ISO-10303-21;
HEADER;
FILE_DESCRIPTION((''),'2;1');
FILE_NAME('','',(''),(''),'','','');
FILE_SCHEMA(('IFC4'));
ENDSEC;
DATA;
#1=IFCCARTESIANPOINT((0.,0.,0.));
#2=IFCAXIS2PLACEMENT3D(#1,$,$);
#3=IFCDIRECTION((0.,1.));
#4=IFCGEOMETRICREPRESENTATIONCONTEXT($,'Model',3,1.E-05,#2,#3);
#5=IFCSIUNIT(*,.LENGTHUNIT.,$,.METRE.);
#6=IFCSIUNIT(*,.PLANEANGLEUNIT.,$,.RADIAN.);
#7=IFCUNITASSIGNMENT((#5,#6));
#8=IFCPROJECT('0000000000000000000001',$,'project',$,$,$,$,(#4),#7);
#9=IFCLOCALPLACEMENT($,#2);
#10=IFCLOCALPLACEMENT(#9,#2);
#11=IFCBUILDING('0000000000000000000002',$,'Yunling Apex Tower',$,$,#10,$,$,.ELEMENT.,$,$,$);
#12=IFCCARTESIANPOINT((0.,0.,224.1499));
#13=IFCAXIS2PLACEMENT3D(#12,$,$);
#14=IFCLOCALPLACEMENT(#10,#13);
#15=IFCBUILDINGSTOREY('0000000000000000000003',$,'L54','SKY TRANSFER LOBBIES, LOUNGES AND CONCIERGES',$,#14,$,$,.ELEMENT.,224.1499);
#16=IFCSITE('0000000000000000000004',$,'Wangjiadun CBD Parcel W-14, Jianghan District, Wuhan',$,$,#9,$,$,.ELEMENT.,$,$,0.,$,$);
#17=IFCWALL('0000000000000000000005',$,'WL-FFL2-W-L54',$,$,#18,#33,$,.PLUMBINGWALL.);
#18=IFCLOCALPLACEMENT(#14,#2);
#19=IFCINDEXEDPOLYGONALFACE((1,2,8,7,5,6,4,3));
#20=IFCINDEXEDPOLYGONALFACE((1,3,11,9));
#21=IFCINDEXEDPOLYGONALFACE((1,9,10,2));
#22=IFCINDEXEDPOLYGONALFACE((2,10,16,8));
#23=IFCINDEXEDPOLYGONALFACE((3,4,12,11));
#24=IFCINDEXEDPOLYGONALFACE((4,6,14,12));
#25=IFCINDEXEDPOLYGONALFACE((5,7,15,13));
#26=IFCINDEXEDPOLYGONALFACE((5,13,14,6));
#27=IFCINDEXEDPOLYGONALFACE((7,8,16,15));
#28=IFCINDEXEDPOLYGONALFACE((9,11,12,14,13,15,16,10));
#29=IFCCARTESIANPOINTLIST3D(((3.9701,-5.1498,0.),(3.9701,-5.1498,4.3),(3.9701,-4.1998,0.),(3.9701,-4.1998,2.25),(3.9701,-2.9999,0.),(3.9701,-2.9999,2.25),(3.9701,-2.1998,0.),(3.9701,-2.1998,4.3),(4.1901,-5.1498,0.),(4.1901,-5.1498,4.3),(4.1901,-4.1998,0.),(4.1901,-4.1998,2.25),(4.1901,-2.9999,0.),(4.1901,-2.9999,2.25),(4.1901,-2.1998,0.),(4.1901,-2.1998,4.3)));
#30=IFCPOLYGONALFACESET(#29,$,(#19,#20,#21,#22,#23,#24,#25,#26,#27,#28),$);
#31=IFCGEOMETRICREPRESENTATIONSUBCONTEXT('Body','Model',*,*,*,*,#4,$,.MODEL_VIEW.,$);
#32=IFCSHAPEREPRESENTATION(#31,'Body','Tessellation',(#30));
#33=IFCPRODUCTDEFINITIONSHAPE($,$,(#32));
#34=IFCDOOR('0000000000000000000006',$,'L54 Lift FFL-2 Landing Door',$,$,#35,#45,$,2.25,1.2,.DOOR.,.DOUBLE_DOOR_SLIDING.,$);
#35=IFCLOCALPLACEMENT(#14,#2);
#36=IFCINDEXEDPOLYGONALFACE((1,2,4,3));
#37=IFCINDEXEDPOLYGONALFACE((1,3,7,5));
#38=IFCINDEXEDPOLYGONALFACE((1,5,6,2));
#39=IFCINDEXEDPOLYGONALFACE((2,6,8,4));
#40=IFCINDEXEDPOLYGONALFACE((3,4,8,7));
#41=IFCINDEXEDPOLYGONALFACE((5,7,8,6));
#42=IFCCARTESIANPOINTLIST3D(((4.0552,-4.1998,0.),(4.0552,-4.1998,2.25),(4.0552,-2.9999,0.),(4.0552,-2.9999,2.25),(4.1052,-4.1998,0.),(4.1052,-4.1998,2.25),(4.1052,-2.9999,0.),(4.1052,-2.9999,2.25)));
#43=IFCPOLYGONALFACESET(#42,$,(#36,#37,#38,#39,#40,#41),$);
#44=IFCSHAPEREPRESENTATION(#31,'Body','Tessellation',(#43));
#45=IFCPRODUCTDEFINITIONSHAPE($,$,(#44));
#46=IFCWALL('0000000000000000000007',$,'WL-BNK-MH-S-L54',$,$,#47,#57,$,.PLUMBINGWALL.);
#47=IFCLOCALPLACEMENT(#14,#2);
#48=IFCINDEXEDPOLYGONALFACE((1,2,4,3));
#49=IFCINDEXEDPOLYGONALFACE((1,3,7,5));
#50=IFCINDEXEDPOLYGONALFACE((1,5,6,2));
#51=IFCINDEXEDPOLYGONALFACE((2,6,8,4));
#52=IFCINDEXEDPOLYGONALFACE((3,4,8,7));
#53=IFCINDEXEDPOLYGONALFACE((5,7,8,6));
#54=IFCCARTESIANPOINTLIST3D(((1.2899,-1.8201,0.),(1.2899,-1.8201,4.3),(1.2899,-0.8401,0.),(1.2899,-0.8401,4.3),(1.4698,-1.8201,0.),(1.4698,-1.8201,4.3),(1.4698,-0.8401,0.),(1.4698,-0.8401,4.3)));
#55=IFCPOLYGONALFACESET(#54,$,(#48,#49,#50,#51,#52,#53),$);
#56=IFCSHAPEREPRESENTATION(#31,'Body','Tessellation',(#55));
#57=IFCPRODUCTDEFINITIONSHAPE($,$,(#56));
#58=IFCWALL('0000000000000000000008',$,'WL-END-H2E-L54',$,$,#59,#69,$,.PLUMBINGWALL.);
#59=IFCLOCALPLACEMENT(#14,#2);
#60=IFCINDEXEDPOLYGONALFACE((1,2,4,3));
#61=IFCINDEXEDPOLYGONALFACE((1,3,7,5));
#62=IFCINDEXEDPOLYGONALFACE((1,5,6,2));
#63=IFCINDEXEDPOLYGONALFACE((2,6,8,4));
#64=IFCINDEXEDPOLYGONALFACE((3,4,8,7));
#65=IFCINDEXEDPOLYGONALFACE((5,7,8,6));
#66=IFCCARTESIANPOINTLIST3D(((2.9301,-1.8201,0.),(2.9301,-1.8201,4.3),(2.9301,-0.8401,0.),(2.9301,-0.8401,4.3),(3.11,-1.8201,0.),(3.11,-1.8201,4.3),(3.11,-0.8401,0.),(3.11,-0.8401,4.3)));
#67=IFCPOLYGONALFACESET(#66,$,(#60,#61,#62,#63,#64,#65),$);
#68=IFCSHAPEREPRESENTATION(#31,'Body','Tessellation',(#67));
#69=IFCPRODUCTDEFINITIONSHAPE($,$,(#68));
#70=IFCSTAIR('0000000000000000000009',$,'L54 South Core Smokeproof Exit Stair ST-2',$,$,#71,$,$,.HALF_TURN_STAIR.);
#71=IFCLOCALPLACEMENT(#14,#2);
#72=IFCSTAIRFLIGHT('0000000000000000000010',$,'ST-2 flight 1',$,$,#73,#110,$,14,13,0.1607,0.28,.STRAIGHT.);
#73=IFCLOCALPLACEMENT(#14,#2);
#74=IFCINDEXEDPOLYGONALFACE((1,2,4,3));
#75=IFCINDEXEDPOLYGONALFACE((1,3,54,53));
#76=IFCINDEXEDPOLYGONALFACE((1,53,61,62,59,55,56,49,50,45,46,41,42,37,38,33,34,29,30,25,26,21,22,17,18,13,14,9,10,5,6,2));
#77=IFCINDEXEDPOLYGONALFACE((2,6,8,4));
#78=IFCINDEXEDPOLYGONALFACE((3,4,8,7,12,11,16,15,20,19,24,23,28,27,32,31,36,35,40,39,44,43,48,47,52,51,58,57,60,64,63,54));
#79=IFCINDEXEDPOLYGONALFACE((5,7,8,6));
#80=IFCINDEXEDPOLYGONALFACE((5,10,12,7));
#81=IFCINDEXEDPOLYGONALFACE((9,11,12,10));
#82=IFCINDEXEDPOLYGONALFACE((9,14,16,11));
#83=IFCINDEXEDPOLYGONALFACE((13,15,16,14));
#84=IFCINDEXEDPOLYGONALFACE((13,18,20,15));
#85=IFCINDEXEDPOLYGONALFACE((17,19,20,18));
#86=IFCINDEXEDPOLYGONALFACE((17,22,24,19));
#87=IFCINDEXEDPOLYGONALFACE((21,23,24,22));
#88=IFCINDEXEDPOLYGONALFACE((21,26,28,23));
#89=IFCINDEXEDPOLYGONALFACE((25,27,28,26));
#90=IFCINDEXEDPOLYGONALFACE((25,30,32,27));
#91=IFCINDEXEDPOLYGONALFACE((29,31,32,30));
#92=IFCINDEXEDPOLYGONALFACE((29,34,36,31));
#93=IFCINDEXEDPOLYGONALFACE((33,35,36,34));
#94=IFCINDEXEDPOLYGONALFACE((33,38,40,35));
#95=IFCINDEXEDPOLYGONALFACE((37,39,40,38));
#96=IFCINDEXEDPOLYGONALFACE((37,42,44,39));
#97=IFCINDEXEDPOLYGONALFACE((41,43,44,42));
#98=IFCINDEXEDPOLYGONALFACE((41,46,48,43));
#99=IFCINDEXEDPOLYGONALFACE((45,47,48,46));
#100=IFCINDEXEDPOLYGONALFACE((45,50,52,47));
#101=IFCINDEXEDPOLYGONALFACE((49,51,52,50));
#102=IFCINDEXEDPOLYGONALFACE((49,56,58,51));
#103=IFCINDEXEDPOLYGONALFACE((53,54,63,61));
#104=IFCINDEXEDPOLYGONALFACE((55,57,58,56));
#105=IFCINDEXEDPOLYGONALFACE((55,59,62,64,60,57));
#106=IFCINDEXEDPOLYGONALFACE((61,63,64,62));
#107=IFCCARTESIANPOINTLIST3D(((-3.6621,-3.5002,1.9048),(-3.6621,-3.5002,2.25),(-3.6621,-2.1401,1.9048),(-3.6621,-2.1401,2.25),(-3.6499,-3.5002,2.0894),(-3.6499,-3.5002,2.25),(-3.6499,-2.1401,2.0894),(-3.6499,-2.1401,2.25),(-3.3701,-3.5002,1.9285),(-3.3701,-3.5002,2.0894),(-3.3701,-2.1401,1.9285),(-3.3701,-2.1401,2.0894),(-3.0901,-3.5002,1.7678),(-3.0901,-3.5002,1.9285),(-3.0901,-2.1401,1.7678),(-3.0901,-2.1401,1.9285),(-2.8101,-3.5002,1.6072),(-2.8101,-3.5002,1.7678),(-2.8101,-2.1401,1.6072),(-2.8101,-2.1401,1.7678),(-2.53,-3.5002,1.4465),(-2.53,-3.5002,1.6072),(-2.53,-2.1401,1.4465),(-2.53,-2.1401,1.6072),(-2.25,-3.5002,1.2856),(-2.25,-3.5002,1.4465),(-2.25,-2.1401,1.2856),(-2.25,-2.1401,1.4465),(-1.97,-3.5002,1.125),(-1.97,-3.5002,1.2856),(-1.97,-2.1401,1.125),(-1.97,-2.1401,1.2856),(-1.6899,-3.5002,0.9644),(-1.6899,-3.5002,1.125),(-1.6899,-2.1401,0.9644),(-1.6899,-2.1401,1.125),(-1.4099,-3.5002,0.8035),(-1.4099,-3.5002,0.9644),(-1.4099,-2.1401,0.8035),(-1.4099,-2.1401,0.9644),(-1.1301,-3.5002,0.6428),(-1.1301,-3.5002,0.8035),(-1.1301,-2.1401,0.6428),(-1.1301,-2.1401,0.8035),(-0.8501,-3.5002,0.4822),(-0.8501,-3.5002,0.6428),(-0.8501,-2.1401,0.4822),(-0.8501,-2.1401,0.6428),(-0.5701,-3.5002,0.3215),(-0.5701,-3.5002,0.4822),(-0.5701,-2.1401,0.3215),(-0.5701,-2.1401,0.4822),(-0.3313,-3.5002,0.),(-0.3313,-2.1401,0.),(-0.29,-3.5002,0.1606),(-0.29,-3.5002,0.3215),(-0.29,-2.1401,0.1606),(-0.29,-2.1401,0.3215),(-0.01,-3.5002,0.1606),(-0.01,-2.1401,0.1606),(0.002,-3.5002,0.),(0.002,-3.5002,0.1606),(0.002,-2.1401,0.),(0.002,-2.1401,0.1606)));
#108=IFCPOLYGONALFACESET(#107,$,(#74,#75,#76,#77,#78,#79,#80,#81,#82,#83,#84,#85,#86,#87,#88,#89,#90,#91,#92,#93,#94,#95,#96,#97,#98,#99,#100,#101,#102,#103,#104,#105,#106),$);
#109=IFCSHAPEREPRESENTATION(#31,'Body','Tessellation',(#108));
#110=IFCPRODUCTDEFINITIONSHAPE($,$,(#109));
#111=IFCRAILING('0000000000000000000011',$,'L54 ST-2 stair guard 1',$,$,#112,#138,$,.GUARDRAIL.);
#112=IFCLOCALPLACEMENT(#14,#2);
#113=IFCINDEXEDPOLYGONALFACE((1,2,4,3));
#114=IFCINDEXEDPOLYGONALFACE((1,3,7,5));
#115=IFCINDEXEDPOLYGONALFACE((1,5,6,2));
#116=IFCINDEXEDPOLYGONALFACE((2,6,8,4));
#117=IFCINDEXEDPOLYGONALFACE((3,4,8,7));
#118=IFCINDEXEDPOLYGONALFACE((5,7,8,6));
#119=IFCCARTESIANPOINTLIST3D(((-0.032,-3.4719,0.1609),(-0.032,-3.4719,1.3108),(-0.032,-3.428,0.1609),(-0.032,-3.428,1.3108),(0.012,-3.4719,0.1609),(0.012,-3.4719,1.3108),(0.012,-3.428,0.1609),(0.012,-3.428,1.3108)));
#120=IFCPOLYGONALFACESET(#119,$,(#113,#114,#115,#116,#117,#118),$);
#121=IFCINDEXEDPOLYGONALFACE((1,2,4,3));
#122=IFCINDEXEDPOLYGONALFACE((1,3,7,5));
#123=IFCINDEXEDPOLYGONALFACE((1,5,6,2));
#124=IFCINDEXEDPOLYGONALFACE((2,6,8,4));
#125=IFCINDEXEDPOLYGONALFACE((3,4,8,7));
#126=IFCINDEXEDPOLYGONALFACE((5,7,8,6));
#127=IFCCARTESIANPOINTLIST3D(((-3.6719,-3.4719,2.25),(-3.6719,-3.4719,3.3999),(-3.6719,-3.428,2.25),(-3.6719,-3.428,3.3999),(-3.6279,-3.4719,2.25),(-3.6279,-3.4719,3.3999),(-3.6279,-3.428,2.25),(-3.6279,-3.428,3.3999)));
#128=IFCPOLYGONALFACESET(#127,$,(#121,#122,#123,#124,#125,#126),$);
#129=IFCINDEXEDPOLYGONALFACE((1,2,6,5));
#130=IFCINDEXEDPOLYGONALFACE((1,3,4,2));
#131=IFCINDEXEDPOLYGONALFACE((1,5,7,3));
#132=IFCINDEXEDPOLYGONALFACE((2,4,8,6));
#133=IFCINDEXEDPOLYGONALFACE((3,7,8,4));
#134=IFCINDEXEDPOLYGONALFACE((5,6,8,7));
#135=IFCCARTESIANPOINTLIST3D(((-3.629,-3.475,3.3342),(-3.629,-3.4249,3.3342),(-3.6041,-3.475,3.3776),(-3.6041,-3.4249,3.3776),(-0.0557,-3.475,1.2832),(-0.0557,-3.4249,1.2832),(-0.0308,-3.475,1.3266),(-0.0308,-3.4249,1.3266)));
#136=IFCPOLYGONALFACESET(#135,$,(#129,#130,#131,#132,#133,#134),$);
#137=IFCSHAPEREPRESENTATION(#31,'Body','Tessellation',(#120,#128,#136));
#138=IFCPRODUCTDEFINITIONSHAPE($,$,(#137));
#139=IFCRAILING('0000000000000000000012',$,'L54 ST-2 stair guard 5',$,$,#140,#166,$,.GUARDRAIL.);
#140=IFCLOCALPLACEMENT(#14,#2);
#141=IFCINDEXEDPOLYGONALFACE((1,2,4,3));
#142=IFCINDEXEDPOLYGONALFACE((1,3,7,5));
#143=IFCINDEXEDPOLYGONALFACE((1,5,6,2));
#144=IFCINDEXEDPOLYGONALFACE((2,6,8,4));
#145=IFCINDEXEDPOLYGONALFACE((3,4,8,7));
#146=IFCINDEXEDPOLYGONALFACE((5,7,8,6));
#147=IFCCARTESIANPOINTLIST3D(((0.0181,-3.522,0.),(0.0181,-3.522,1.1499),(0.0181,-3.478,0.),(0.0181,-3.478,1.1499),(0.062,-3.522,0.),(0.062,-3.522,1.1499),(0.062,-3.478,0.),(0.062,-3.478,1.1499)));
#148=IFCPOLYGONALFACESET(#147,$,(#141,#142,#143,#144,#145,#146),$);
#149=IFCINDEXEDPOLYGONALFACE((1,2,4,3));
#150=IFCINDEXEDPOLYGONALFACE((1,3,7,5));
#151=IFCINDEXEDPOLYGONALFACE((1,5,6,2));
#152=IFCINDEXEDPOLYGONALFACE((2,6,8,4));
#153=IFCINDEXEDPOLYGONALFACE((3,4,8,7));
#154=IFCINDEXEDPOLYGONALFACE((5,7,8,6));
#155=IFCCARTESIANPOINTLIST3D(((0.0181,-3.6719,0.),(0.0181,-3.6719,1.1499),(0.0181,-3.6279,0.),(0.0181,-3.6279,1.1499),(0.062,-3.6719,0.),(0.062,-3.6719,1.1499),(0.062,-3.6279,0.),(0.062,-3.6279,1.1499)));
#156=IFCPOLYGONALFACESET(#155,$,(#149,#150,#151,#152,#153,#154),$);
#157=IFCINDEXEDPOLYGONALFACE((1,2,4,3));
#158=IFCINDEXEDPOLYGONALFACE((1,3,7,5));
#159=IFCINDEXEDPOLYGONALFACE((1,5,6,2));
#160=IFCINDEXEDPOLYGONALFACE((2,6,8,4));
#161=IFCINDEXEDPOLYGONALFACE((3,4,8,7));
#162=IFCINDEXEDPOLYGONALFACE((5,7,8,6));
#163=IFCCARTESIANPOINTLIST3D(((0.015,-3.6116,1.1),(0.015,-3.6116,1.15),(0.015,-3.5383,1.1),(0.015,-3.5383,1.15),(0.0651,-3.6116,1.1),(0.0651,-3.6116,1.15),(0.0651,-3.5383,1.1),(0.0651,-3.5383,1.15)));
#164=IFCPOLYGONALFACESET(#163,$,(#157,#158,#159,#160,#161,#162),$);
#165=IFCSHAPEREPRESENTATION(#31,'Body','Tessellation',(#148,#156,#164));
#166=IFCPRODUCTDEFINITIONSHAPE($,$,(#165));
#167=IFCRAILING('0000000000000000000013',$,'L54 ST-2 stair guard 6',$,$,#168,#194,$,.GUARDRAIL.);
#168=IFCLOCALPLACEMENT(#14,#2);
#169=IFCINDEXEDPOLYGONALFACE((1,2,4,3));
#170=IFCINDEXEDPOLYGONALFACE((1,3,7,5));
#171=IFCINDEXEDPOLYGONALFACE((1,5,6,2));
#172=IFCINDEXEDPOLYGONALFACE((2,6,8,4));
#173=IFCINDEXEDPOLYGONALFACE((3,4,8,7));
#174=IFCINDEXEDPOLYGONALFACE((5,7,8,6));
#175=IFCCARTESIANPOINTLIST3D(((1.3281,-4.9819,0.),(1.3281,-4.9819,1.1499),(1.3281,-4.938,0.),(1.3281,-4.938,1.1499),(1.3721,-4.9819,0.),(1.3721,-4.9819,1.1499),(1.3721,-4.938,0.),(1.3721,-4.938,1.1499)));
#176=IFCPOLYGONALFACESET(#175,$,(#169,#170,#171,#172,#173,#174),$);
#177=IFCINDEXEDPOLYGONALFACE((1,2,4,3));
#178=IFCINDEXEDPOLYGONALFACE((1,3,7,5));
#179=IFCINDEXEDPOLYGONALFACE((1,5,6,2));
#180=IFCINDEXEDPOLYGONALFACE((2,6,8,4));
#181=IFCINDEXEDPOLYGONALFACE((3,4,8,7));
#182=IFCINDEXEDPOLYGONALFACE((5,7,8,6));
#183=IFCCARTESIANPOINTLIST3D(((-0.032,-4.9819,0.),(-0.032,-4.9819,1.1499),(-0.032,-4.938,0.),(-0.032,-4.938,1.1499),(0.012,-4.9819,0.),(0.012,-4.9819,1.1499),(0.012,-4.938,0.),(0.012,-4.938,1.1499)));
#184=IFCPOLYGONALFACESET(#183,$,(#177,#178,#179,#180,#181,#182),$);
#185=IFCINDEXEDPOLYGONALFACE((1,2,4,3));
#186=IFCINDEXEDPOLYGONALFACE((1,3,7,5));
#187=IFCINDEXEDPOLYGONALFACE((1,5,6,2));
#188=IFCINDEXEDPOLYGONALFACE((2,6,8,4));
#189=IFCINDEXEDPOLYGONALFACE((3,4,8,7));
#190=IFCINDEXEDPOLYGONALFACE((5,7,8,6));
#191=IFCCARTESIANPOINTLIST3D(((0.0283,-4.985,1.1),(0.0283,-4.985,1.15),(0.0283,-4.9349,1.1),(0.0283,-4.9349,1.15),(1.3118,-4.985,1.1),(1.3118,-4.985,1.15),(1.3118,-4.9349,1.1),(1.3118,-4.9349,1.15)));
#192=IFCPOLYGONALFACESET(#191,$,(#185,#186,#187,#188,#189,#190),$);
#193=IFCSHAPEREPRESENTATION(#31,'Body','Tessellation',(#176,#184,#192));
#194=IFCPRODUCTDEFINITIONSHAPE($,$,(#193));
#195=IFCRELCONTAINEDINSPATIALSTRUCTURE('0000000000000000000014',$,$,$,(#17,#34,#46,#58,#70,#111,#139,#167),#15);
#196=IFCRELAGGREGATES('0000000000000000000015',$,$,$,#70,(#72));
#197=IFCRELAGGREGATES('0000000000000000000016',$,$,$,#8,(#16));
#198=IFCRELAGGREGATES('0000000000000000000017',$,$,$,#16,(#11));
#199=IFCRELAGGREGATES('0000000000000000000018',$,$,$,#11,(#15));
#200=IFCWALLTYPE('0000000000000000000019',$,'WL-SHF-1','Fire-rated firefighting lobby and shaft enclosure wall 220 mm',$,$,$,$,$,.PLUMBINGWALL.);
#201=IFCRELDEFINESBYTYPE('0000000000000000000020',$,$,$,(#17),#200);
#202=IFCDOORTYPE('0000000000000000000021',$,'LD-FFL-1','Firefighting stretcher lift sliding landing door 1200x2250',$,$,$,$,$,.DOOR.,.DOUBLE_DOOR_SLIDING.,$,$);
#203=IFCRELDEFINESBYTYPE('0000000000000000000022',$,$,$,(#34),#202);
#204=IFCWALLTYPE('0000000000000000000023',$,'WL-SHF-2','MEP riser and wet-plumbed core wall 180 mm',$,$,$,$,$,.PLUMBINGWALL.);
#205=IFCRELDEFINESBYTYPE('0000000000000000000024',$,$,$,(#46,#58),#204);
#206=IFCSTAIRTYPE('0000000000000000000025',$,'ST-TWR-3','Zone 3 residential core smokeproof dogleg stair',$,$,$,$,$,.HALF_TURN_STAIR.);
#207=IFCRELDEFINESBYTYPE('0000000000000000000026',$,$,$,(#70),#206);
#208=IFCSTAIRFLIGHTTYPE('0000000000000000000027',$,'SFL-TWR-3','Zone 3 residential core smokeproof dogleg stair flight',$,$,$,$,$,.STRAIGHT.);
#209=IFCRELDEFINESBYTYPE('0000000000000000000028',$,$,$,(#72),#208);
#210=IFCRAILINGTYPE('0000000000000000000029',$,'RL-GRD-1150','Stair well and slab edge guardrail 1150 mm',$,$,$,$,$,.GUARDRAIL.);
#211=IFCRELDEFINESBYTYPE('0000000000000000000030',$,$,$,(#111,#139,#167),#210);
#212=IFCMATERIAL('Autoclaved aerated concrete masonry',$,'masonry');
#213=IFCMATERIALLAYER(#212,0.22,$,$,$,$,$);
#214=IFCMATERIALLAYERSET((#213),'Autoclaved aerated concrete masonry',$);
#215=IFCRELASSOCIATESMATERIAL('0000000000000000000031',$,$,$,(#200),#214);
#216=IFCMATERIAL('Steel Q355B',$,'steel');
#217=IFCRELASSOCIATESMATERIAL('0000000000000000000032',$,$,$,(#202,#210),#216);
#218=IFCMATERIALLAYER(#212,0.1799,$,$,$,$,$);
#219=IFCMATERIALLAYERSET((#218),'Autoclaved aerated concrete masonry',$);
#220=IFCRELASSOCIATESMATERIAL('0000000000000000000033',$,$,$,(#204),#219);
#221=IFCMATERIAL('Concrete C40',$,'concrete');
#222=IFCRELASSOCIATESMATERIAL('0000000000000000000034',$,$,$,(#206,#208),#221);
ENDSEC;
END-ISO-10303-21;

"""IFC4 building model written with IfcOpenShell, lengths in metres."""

from ifc_helpers import new_model, si_unit, direction, frame, frame_2d, origin, origin_2d, place, context, subcontext, project, spatial, polyline, rectangle, outline, extrude, material, layer, layer_set, type_object, element, fill, aggregate, save


model = new_model("IFC4")

# Units and contexts
model_context = context("Model", 3, precision=1e-05, world=origin(), true_north=direction((0.0, 1.0)))
body_context = subcontext(model_context, "Body", "Model", "MODEL_VIEW")
ifc_project = project(units=[si_unit("LENGTHUNIT", "METRE"), si_unit("PLANEANGLEUNIT", "RADIAN")], contexts=[model_context])

# Site, building, storey
site_placement = place(None, origin())
site = spatial("IfcSite", under=ifc_project, at=site_placement, Name="Wangjiadun CBD Parcel W-14, Jianghan District, Wuhan", CompositionType="ELEMENT", RefElevation=0.0)
building_placement = place(site_placement, origin())
building = spatial("IfcBuilding", under=site, at=building_placement, Name="Yunling Apex Tower", CompositionType="ELEMENT")
storey_placement = place(building_placement, frame((0.0, 0.0, 224.1499)))
storey = spatial("IfcBuildingStorey", under=building, at=storey_placement, Name="L54", Description="SKY TRANSFER LOBBIES, LOUNGES AND CONCIERGES", CompositionType="ELEMENT", Elevation=224.1499)

# Shared definitions
ifc_material_1 = material(Name="Steel Q355B", Category="steel")

# Shared definitions
ifc_material_2 = material(Name="Concrete C40", Category="concrete")

# Wall, opening, door
ifc_material_3 = material(Name="Autoclaved aerated concrete masonry", Category="masonry")
ifc_layer_1 = layer(ifc_material_3, 0.22)
ifc_layer_set_1 = layer_set([ifc_layer_1], Name="Autoclaved aerated concrete masonry")
wall_type_1 = type_object("IfcWallType", Name="WL-SHF-1", Description="Fire-rated firefighting lobby and shaft enclosure wall 220 mm", PredefinedType="PLUMBINGWALL", material=ifc_layer_set_1)
wall_1_placement = place(storey_placement, frame((4.0801, -5.1499, 0.0), z_axis=(0.0, 0.0, 1.0), x_axis=(0.0, 1.0, 0.0)))
wall_1 = element("IfcWall", 1, at=wall_1_placement, inside=storey, type_object=wall_type_1, Name="WL-FFL2-W-L54", PredefinedType="PLUMBINGWALL", context=body_context, shape_type="SweptSolid", body=[
    extrude(rectangle(XDim=2.95, YDim=0.22, at=frame_2d((1.4751, 0.0))), origin(), (0.0, 0.0, 1.0), 4.3),
])
opening_1_placement = place(wall_1_placement, frame((0.95, 0.0, 0.0)))
opening_1 = element("IfcOpeningElement", 2, at=opening_1_placement, cuts=wall_1, PredefinedType="OPENING", context=body_context, shape_type="SweptSolid", body=[
    extrude(rectangle(XDim=1.2, YDim=2.25, at=frame_2d((0.6001, 1.125))), frame((0.0, 0.1201, 0.0), z_axis=(0.0, -1.0, 0.0), x_axis=(1.0, 0.0, 0.0)), (0.0, 0.0, 1.0), 0.24),
])
door_type_1 = type_object("IfcDoorType", Name="LD-FFL-1", Description="Firefighting stretcher lift sliding landing door 1200x2250", OperationType="DOUBLE_DOOR_SLIDING", PredefinedType="DOOR", material=ifc_material_1)
door_1_placement = place(opening_1_placement, origin())
door_1 = element("IfcDoor", 3, at=door_1_placement, inside=storey, type_object=door_type_1, Name="L54 Lift FFL-2 Landing Door", OperationType="DOUBLE_DOOR_SLIDING", OverallHeight=2.25, OverallWidth=1.2, PredefinedType="DOOR", context=body_context, shape_type="SweptSolid", body=[
    extrude(rectangle(XDim=1.2, YDim=2.25, at=frame_2d((0.6001, 1.125))), frame((0.0, 0.0249, 0.0), z_axis=(0.0, -1.0, 0.0), x_axis=(1.0, 0.0, 0.0)), (0.0, 0.0, 1.0), 0.05),
])
fill(opening_1, door_1)

# Walls
ifc_layer_2 = layer(ifc_material_3, 0.1799)
ifc_layer_set_2 = layer_set([ifc_layer_2], Name="Autoclaved aerated concrete masonry")
wall_type_2 = type_object("IfcWallType", Name="WL-SHF-2", Description="MEP riser and wet-plumbed core wall 180 mm", PredefinedType="PLUMBINGWALL", material=ifc_layer_set_2)
for number, where, z_axis, x_axis, name in (
    (4, (1.3799, -1.8201, 0.0), (0.0, 0.0, 1.0), (0.0, 1.0, 0.0), "WL-BNK-MH-S-L54"),
    (5, (3.02, -1.8201, 0.0), (0.0, 0.0, 1.0), (0.0, 1.0, 0.0), "WL-END-H2E-L54"),
):
    element("IfcWall", number, at=place(storey_placement, frame(where, z_axis=z_axis, x_axis=x_axis)), inside=storey, type_object=wall_type_2, Name=name, PredefinedType="PLUMBINGWALL", context=body_context, shape_type="SweptSolid", body=[
        extrude(rectangle(XDim=0.98, YDim=0.1799, at=frame_2d((0.49, 0.0))), origin(), (0.0, 0.0, 1.0), 4.3),
    ])

# Stair, stair flight
stair_type = type_object("IfcStairType", Name="ST-TWR-3", Description="Zone 3 residential core smokeproof dogleg stair", PredefinedType="HALF_TURN_STAIR", material=ifc_material_2)
stair_placement = place(storey_placement, origin())
stair = element("IfcStair", 6, at=stair_placement, inside=storey, type_object=stair_type, Name="L54 South Core Smokeproof Exit Stair ST-2", PredefinedType="HALF_TURN_STAIR")
stair_flight_type = type_object("IfcStairFlightType", Name="SFL-TWR-3", Description="Zone 3 residential core smokeproof dogleg stair flight", PredefinedType="STRAIGHT", material=ifc_material_2)
stair_flight_placement = place(storey_placement, frame((-0.01, -2.8201, 0.0), z_axis=(0.0, 0.0, 1.0), x_axis=(-1.0, 0.0, 0.0)))
stair_flight = element("IfcStairFlight", 7, at=stair_flight_placement, type_object=stair_flight_type, Name="ST-2 flight 1", NumberOfRisers=14, NumberOfTreads=13, PredefinedType="STRAIGHT", RiserHeight=0.1607, TreadLength=0.28, context=body_context, shape_type="SweptSolid", body=[
    extrude(outline(polyline([(-0.012, 0.0), (-0.012, 0.1606), (0.0, 0.1606), (0.28, 0.1606), (0.28, 0.3215), (0.5601, 0.3215), (0.5601, 0.4822), (0.8401, 0.4822), (0.8401, 0.6428), (1.1201, 0.6428), (1.1201, 0.8035), (1.3999, 0.8035), (1.3999, 0.9644), (1.6799, 0.9644), (1.6799, 1.125), (1.96, 1.125), (1.96, 1.2856), (2.24, 1.2856), (2.24, 1.4465), (2.52, 1.4465), (2.52, 1.6072), (2.8, 1.6072), (2.8, 1.7678), (3.0801, 1.7678), (3.0801, 1.9285), (3.3601, 1.9285), (3.3601, 2.0894), (3.6399, 2.0894), (3.6399, 2.25), (3.6521, 2.25), (3.6521, 1.9048), (0.3213, 0.0), (-0.012, 0.0)])), frame((0.0, 0.6802, 0.0), z_axis=(0.0, -1.0, 0.0), x_axis=(1.0, 0.0, 0.0)), (0.0, 0.0, 1.0), 1.3601),
])
aggregate(stair, [stair_flight])

# Railings
railing_type_1 = type_object("IfcRailingType", Name="RL-GRD-1150", Description="Stair well and slab edge guardrail 1150 mm", PredefinedType="GUARDRAIL", material=ifc_material_1)
railing_1_placement = place(storey_placement, frame((-0.01, -3.45, 0.1609)))
element("IfcRailing", 8, at=railing_1_placement, inside=storey, type_object=railing_type_1, Name="L54 ST-2 stair guard 1", PredefinedType="GUARDRAIL", context=body_context, shape_type="SweptSolid", body=[
    extrude(rectangle(XDim=0.0439, YDim=0.0439, at=origin_2d()), origin(), (0.0, 0.0, 1.0), 1.1499),
    extrude(rectangle(XDim=0.0439, YDim=0.0439, at=origin_2d()), frame((-3.6399, 0.0, 2.0891)), (0.0, 0.0, 1.0), 1.1499),
    extrude(rectangle(XDim=0.05, YDim=0.05, at=origin_2d()), frame((-0.0332, 0.0, 1.144), z_axis=(-0.8673, 0.0, 0.497786), x_axis=(0.0, -1.0, 0.0)), (0.0, 0.0, 1.0), 4.1201),
])
railing_2_placement = place(storey_placement, frame((0.04, -3.5, 0.0)))
element("IfcRailing", 9, at=railing_2_placement, inside=storey, type_object=railing_type_1, Name="L54 ST-2 stair guard 5", PredefinedType="GUARDRAIL", context=body_context, shape_type="SweptSolid", body=[
    extrude(rectangle(XDim=0.0439, YDim=0.0439, at=origin_2d()), origin(), (0.0, 0.0, 1.0), 1.1499),
    extrude(rectangle(XDim=0.0439, YDim=0.0439, at=origin_2d()), frame((0.0, -0.1499, 0.0)), (0.0, 0.0, 1.0), 1.1499),
    extrude(rectangle(XDim=0.05, YDim=0.05, at=origin_2d()), frame((0.0, -0.0383, 1.125), z_axis=(0.0, -1.0, 0.0), x_axis=(1.0, 0.0, 0.0)), (0.0, 0.0, 1.0), 0.0732),
])
railing_3_placement = place(storey_placement, frame((1.3501, -4.96, 0.0)))
element("IfcRailing", 10, at=railing_3_placement, inside=storey, type_object=railing_type_1, Name="L54 ST-2 stair guard 6", PredefinedType="GUARDRAIL", context=body_context, shape_type="SweptSolid", body=[
    extrude(rectangle(XDim=0.0439, YDim=0.0439, at=origin_2d()), origin(), (0.0, 0.0, 1.0), 1.1499),
    extrude(rectangle(XDim=0.0439, YDim=0.0439, at=origin_2d()), frame((-1.3601, 0.0, 0.0)), (0.0, 0.0, 1.0), 1.1499),
    extrude(rectangle(XDim=0.05, YDim=0.05, at=origin_2d()), frame((-0.0383, 0.0, 1.125), z_axis=(-1.0, 0.0, 0.0), x_axis=(0.0, -1.0, 0.0)), (0.0, 0.0, 1.0), 1.2834),
])

save(model, "model.ifc")
